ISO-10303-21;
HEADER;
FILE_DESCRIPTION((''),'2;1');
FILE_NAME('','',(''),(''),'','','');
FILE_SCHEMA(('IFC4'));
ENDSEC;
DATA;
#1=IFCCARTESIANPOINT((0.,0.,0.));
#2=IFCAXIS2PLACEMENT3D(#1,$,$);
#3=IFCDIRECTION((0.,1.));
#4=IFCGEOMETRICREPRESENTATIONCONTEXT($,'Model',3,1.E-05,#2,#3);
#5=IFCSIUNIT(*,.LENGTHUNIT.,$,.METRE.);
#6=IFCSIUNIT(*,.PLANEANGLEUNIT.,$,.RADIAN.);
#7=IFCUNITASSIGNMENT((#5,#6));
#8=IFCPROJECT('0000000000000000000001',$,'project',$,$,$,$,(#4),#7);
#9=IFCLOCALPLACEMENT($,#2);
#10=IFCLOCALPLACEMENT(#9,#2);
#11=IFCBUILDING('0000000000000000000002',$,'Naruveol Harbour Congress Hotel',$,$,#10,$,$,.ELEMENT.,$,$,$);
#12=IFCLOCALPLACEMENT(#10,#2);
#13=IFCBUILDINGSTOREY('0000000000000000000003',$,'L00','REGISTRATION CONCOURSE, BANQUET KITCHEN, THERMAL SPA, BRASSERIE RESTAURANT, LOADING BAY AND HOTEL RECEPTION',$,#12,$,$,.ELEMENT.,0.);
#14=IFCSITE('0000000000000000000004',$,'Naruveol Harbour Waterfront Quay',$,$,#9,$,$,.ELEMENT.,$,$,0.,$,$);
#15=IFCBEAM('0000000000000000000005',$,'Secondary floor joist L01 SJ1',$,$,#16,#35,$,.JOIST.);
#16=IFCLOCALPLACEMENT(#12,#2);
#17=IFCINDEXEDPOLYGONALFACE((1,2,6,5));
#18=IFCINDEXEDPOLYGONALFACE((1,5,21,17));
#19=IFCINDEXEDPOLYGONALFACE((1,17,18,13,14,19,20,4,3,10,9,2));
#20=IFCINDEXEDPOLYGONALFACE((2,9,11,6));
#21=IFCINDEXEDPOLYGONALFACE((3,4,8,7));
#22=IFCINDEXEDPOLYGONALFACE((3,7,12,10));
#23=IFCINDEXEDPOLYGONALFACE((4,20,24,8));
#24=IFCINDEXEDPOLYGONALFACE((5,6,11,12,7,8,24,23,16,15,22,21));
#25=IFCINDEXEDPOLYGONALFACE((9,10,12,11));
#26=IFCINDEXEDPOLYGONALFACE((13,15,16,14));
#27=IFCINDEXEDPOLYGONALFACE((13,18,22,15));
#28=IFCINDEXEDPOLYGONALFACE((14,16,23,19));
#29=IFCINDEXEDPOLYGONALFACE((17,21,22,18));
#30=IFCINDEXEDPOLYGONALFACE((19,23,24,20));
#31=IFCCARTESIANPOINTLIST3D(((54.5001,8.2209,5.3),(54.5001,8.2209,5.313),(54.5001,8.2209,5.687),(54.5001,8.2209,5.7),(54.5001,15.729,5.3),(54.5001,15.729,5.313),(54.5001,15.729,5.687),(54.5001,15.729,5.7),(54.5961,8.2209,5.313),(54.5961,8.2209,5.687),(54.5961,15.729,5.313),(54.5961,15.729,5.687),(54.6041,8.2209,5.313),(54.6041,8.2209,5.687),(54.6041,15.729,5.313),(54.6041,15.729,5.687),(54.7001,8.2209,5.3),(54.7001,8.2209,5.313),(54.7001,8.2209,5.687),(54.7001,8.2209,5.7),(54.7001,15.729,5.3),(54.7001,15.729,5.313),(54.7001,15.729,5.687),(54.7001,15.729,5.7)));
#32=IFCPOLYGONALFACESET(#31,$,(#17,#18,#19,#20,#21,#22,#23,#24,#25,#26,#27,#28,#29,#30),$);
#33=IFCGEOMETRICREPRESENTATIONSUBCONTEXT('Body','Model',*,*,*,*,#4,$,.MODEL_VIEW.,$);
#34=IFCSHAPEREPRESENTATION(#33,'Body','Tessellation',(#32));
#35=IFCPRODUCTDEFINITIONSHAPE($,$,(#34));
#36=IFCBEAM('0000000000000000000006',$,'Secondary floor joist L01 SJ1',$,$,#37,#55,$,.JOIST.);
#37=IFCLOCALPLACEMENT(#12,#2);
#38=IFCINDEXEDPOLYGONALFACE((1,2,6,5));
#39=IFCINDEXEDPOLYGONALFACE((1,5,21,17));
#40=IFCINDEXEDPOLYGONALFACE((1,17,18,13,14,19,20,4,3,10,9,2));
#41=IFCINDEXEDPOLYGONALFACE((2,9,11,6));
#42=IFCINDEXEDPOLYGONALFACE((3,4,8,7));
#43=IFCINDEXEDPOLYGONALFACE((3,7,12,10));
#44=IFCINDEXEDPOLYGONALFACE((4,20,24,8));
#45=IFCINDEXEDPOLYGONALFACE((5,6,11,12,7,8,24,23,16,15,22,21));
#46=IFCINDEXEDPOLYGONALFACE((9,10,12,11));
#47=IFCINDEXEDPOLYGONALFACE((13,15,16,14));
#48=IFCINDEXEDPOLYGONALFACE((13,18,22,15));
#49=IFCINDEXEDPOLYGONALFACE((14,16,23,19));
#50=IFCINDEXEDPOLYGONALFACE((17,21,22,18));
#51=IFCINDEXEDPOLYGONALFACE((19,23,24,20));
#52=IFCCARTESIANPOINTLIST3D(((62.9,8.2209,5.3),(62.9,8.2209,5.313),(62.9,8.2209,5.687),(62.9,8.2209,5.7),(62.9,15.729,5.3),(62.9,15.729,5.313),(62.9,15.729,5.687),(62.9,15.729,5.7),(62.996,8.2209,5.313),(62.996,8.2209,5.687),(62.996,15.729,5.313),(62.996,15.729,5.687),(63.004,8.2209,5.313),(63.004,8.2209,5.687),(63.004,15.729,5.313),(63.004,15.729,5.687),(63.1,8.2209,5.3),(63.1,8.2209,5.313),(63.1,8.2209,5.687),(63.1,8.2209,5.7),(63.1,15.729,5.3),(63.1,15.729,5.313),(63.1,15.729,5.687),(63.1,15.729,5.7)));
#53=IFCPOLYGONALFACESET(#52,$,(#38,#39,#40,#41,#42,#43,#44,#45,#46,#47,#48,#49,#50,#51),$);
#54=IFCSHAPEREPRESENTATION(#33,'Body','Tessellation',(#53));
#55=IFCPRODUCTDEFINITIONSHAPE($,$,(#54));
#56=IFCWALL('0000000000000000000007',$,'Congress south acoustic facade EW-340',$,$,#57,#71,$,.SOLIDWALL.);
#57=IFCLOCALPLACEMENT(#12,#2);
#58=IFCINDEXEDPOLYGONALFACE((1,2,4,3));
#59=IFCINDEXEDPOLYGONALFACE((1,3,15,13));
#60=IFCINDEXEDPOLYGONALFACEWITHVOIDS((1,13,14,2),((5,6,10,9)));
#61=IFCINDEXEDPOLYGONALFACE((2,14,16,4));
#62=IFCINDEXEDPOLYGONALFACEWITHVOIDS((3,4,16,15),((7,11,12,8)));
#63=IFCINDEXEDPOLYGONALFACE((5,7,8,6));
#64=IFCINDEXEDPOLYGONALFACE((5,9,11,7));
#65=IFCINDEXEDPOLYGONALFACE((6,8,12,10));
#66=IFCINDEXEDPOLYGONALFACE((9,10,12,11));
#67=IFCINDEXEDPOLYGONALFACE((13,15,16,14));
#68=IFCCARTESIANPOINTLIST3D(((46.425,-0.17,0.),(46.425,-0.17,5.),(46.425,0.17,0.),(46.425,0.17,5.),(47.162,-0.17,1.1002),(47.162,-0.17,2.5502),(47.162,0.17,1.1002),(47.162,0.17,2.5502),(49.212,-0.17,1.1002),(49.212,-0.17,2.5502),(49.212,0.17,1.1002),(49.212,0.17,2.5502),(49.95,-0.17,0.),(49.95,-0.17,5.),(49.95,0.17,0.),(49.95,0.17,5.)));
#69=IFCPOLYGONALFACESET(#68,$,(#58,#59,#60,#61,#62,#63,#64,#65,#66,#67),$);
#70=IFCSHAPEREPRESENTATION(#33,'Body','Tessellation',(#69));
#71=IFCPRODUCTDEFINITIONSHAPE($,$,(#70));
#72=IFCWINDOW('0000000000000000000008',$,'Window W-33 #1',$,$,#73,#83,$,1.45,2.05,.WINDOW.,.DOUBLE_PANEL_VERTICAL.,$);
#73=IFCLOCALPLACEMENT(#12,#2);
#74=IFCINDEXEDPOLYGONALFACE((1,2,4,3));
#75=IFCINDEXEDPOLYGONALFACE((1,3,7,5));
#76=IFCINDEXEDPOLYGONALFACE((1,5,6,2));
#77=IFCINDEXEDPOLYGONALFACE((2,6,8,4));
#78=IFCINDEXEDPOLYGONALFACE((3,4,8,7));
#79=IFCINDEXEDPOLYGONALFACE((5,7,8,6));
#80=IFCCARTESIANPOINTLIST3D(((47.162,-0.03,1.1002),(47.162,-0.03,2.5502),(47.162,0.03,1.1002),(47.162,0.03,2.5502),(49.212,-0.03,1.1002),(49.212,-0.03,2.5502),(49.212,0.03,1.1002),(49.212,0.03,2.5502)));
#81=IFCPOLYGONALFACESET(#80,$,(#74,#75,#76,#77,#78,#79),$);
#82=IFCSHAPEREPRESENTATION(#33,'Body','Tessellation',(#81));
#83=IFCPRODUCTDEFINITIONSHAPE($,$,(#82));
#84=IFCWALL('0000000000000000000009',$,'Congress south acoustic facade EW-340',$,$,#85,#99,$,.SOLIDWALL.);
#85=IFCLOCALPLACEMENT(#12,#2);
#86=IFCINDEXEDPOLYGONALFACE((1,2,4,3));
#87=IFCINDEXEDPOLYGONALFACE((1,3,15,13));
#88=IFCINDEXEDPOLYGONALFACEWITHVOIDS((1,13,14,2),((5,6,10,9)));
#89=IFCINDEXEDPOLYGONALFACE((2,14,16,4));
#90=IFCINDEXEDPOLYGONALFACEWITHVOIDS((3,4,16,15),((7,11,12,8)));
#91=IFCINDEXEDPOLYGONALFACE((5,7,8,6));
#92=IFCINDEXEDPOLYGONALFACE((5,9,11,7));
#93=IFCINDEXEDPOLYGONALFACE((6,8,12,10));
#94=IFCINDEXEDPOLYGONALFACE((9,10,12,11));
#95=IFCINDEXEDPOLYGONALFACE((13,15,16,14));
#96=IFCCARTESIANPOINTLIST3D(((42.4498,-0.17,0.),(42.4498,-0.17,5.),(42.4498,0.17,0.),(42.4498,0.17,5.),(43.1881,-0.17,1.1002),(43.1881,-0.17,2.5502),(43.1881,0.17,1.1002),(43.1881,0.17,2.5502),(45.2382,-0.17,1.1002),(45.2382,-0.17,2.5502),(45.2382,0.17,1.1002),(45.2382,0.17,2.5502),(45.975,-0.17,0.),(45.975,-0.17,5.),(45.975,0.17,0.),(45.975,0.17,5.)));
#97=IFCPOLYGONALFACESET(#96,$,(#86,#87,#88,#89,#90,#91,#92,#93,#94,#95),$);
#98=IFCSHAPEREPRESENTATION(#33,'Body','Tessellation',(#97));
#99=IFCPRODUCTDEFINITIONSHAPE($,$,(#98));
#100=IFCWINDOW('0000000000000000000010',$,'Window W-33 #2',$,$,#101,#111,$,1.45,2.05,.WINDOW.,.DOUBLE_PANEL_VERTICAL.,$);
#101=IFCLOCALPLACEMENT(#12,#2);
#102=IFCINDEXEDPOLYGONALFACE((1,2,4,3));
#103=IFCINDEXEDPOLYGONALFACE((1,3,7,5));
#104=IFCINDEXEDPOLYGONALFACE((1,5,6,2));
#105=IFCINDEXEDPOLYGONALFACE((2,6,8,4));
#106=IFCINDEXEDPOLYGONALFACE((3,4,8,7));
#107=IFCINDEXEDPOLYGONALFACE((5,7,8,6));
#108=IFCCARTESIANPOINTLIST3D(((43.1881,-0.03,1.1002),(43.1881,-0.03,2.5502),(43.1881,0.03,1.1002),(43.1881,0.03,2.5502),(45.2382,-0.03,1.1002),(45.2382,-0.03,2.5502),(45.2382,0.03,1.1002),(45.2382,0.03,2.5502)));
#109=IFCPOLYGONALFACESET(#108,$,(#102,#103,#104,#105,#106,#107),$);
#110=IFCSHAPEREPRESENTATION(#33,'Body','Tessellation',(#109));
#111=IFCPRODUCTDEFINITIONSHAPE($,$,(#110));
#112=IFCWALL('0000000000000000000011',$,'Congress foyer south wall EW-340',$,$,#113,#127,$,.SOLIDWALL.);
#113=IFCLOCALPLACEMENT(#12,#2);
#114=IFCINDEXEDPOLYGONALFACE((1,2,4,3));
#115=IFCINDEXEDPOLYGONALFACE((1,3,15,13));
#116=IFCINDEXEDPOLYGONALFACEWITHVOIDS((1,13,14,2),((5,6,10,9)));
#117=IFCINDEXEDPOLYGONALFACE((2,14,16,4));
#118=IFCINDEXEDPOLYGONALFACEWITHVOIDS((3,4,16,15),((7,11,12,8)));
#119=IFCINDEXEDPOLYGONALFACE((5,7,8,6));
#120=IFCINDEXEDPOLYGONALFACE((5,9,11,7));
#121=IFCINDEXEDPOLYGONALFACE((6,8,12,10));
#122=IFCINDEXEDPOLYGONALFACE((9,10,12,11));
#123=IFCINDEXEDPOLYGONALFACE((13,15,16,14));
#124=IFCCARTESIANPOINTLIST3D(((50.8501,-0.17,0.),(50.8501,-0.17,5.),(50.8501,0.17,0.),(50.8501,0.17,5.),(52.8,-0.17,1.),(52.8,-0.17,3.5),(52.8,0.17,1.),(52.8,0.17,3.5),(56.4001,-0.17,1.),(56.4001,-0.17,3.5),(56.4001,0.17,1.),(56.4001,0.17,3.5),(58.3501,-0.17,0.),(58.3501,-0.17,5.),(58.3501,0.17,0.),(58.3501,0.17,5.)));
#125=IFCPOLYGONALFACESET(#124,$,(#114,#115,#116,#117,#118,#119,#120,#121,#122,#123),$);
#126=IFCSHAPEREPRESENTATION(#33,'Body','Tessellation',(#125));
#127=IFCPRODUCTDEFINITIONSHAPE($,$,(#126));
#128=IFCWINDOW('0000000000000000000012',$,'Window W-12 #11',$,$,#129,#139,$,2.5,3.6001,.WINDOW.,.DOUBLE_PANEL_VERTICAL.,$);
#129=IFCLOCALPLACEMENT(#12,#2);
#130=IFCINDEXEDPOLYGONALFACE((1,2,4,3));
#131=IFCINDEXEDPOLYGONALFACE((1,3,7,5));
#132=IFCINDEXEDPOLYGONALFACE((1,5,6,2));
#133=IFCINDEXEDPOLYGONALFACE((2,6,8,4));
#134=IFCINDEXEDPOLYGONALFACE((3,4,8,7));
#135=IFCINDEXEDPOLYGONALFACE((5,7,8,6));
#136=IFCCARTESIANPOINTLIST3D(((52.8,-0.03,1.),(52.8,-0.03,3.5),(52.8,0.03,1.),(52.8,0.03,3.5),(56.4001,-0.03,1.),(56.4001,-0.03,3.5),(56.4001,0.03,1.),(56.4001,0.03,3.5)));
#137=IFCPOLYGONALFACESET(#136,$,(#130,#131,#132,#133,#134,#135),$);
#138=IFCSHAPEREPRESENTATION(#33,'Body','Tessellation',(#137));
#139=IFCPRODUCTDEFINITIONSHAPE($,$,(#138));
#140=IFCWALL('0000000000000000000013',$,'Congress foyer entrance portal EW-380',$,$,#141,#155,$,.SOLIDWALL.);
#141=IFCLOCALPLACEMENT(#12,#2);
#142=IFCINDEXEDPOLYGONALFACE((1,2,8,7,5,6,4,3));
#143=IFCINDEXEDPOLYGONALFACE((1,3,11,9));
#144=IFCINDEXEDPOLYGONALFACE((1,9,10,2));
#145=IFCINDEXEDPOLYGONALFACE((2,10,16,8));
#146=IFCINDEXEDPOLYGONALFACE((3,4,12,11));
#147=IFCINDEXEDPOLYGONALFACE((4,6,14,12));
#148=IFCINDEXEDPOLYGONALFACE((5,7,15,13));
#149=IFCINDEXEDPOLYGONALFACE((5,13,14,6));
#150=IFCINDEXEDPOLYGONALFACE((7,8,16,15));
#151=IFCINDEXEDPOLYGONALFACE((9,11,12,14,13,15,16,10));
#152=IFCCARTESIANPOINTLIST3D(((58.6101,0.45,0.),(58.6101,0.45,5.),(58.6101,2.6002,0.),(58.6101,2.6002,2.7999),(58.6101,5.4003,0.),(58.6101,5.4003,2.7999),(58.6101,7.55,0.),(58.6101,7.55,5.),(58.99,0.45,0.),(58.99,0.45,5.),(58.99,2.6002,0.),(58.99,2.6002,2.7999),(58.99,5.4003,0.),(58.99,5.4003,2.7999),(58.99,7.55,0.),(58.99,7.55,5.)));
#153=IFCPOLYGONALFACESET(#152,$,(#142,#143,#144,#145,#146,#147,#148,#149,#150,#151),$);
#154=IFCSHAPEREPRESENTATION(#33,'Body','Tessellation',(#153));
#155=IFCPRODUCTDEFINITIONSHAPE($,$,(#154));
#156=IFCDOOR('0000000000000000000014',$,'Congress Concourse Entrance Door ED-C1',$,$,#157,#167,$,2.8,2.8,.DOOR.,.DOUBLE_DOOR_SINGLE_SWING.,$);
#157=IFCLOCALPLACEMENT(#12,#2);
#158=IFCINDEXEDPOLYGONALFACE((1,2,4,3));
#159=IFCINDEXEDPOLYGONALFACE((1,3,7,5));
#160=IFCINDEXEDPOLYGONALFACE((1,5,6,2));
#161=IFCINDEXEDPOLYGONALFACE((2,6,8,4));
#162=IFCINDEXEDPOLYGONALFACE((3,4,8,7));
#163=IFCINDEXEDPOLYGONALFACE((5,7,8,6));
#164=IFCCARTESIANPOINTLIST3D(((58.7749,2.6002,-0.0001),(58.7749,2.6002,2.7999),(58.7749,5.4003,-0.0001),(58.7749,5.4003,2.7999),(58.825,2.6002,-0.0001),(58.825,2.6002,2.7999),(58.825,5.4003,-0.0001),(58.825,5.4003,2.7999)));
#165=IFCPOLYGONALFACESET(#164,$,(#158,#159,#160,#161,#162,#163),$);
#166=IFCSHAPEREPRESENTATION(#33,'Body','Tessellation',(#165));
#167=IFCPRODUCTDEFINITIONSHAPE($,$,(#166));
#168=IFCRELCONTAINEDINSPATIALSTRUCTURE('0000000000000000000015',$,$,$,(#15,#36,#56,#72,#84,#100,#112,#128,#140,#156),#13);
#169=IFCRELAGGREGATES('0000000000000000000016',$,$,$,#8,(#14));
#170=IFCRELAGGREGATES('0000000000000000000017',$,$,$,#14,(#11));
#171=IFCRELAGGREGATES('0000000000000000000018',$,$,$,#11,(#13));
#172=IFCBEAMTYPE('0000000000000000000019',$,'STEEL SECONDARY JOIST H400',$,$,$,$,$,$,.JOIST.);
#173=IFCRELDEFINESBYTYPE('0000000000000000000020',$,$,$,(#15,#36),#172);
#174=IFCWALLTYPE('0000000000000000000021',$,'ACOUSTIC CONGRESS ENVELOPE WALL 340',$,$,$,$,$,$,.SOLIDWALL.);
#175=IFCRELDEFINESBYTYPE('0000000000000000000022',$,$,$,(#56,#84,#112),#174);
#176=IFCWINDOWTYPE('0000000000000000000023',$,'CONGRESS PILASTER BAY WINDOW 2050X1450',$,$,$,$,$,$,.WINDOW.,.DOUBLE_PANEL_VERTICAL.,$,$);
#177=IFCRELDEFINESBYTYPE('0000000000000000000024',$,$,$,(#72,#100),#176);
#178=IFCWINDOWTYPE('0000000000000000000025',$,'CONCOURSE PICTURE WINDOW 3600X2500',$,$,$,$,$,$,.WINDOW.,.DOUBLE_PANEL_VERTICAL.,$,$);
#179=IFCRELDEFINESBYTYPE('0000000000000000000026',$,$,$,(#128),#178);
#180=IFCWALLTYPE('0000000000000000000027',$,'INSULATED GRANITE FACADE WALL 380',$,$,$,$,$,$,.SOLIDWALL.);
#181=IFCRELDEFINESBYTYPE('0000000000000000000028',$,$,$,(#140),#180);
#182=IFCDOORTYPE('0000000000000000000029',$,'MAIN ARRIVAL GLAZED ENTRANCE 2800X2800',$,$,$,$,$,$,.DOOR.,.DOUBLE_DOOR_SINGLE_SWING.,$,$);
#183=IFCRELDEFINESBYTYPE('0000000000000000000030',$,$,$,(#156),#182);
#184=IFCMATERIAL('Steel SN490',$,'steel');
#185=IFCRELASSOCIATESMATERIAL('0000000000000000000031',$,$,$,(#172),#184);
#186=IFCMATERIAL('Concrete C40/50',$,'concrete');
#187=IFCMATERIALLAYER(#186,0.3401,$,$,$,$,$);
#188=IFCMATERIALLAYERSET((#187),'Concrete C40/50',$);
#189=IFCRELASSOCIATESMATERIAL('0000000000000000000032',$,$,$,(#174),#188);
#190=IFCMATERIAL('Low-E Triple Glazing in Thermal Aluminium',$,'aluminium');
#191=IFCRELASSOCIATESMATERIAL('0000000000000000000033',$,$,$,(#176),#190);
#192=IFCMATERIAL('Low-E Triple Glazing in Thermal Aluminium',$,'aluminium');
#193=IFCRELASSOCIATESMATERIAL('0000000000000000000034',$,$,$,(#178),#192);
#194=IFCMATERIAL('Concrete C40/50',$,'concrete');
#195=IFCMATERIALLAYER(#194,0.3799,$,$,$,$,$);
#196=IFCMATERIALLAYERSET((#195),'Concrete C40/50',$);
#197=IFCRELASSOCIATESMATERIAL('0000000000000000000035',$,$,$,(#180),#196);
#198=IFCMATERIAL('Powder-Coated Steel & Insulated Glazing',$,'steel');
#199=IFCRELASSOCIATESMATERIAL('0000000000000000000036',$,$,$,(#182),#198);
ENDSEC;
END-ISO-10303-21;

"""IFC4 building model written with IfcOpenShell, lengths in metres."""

from ifc_helpers import new_model, si_unit, direction, frame, frame_2d, origin, origin_2d, place, context, subcontext, project, spatial, rectangle, i_section, extrude, material, layer, layer_set, material_profile, profile_set, type_object, element, fill, save


model = new_model("IFC4")

# Units and contexts
model_context = context("Model", 3, precision=1e-05, world=origin(), true_north=direction((0.0, 1.0)))
body_context = subcontext(model_context, "Body", "Model", "MODEL_VIEW")
ifc_project = project(units=[si_unit("LENGTHUNIT", "METRE"), si_unit("PLANEANGLEUNIT", "RADIAN")], contexts=[model_context])

# Site, building, storey
site_placement = place(None, origin())
site = spatial("IfcSite", under=ifc_project, at=site_placement, Name="Naruveol Harbour Waterfront Quay", CompositionType="ELEMENT", RefElevation=0.0)
building_placement = place(site_placement, origin())
building = spatial("IfcBuilding", under=site, at=building_placement, Name="Naruveol Harbour Congress Hotel", CompositionType="ELEMENT")
storey_placement = place(building_placement, origin())
storey = spatial("IfcBuildingStorey", under=building, at=storey_placement, Name="L00", Description="REGISTRATION CONCOURSE, BANQUET KITCHEN, THERMAL SPA, BRASSERIE RESTAURANT, LOADING BAY AND HOTEL RECEPTION", CompositionType="ELEMENT", Elevation=0.0)

# Beams
ifc_material_1 = material(Name="Steel SN490", Category="steel")
ifc_material_profile_1 = material_profile(ifc_material_1, i_section(OverallWidth=0.2, OverallDepth=0.3999, WebThickness=0.0081, FlangeThickness=0.0129, at=origin_2d()), Name="H-400x200x8x13")
ifc_profile_set_1 = profile_set([ifc_material_profile_1], Name="Steel SN490")
beam_type_1 = type_object("IfcBeamType", Name="STEEL SECONDARY JOIST H400", PredefinedType="JOIST", material=ifc_profile_set_1)
for number, where, z_axis, x_axis, name in (
    (1, (54.6001, 8.2209, 5.5), (0.0, 1.0, 0.0), (-1.0, 0.0, 0.0), "Secondary floor joist L01 SJ1"),
    (2, (63.0, 8.2209, 5.5), (0.0, 1.0, 0.0), (-1.0, 0.0, 0.0), "Secondary floor joist L01 SJ1"),
):
    element("IfcBeam", number, at=place(storey_placement, frame(where, z_axis=z_axis, x_axis=x_axis)), inside=storey, type_object=beam_type_1, Name=name, PredefinedType="JOIST", context=body_context, shape_type="SweptSolid", body=[
        extrude(i_section(OverallWidth=0.2, OverallDepth=0.3999, WebThickness=0.0081, FlangeThickness=0.0129, at=origin_2d()), origin(), (0.0, 0.0, 1.0), 7.5081),
    ])

# Walls, openings, windows
ifc_material_2 = material(Name="Concrete C40/50", Category="concrete")
ifc_layer_1 = layer(ifc_material_2, 0.3401)
ifc_layer_set_1 = layer_set([ifc_layer_1], Name="Concrete C40/50")
wall_type_1 = type_object("IfcWallType", Name="ACOUSTIC CONGRESS ENVELOPE WALL 340", PredefinedType="SOLIDWALL", material=ifc_layer_set_1)
wall_1_placement = place(storey_placement, frame((49.95, 0.0, 0.0), z_axis=(0.0, 0.0, 1.0), x_axis=(-1.0, 0.0, 0.0)))
wall_1 = element("IfcWall", 3, at=wall_1_placement, inside=storey, type_object=wall_type_1, Name="Congress south acoustic facade EW-340", PredefinedType="SOLIDWALL", context=body_context, shape_type="SweptSolid", body=[
    extrude(rectangle(XDim=3.5249, YDim=0.3401, at=frame_2d((1.7625, 0.0))), origin(), (0.0, 0.0, 1.0), 5.0),
])
opening_1_placement = place(wall_1_placement, frame((0.738, 0.0, 1.1001)))
opening_1 = element("IfcOpeningElement", 4, at=opening_1_placement, cuts=wall_1, PredefinedType="OPENING", context=body_context, shape_type="SweptSolid", body=[
    extrude(rectangle(XDim=2.05, YDim=1.45, at=frame_2d((1.0249, 0.7251))), frame((0.0, 0.1799, 0.0), z_axis=(0.0, -1.0, 0.0), x_axis=(1.0, 0.0, 0.0)), (0.0, 0.0, 1.0), 0.3601),
])
ifc_material_3 = material(Name="Low-E Triple Glazing in Thermal Aluminium", Category="aluminium")
window_type_1 = type_object("IfcWindowType", Name="CONGRESS PILASTER BAY WINDOW 2050X1450", PartitioningType="DOUBLE_PANEL_VERTICAL", PredefinedType="WINDOW", material=ifc_material_3)
window_1_placement = place(opening_1_placement, origin())
window_1 = element("IfcWindow", 5, at=window_1_placement, inside=storey, type_object=window_type_1, Name="Window W-33 #1", OverallHeight=1.45, OverallWidth=2.05, PartitioningType="DOUBLE_PANEL_VERTICAL", PredefinedType="WINDOW", context=body_context, shape_type="SweptSolid", body=[
    extrude(rectangle(XDim=2.05, YDim=1.45, at=frame_2d((1.0249, 0.7251))), frame((0.0, 0.03, 0.0), z_axis=(0.0, -1.0, 0.0), x_axis=(1.0, 0.0, 0.0)), (0.0, 0.0, 1.0), 0.0601),
])
fill(opening_1, window_1)
wall_2_placement = place(storey_placement, frame((45.9751, 0.0, 0.0), z_axis=(0.0, 0.0, 1.0), x_axis=(-1.0, 0.0, 0.0)))
wall_2 = element("IfcWall", 6, at=wall_2_placement, inside=storey, type_object=wall_type_1, Name="Congress south acoustic facade EW-340", PredefinedType="SOLIDWALL", context=body_context, shape_type="SweptSolid", body=[
    extrude(rectangle(XDim=3.5251, YDim=0.3401, at=frame_2d((1.7627, 0.0))), origin(), (0.0, 0.0, 1.0), 5.0),
])
opening_2_placement = place(wall_2_placement, frame((0.7371, 0.0, 1.1001)))
opening_2 = element("IfcOpeningElement", 7, at=opening_2_placement, cuts=wall_2, PredefinedType="OPENING", context=body_context, shape_type="SweptSolid", body=[
    extrude(rectangle(XDim=2.05, YDim=1.45, at=frame_2d((1.0249, 0.7251))), frame((0.0, 0.1799, 0.0), z_axis=(0.0, -1.0, 0.0), x_axis=(1.0, 0.0, 0.0)), (0.0, 0.0, 1.0), 0.3601),
])
window_2_placement = place(opening_2_placement, origin())
window_2 = element("IfcWindow", 8, at=window_2_placement, inside=storey, type_object=window_type_1, Name="Window W-33 #2", OverallHeight=1.45, OverallWidth=2.05, PartitioningType="DOUBLE_PANEL_VERTICAL", PredefinedType="WINDOW", context=body_context, shape_type="SweptSolid", body=[
    extrude(rectangle(XDim=2.05, YDim=1.45, at=frame_2d((1.0249, 0.7251))), frame((0.0, 0.03, 0.0), z_axis=(0.0, -1.0, 0.0), x_axis=(1.0, 0.0, 0.0)), (0.0, 0.0, 1.0), 0.0601),
])
fill(opening_2, window_2)
wall_3_placement = place(storey_placement, frame((58.3501, 0.0, 0.0), z_axis=(0.0, 0.0, 1.0), x_axis=(-1.0, 0.0, 0.0)))
wall_3 = element("IfcWall", 9, at=wall_3_placement, inside=storey, type_object=wall_type_1, Name="Congress foyer south wall EW-340", PredefinedType="SOLIDWALL", context=body_context, shape_type="SweptSolid", body=[
    extrude(rectangle(XDim=7.5, YDim=0.3401, at=frame_2d((3.75, 0.0))), origin(), (0.0, 0.0, 1.0), 5.0),
])
opening_3_placement = place(wall_3_placement, frame((1.95, 0.0, 1.0)))
opening_3 = element("IfcOpeningElement", 10, at=opening_3_placement, cuts=wall_3, PredefinedType="OPENING", context=body_context, shape_type="SweptSolid", body=[
    extrude(rectangle(XDim=3.6001, YDim=2.5, at=frame_2d((1.8, 1.25))), frame((0.0, 0.1799, 0.0), z_axis=(0.0, -1.0, 0.0), x_axis=(1.0, 0.0, 0.0)), (0.0, 0.0, 1.0), 0.3601),
])
ifc_material_4 = material(Name="Low-E Triple Glazing in Thermal Aluminium", Category="aluminium")
window_type_2 = type_object("IfcWindowType", Name="CONCOURSE PICTURE WINDOW 3600X2500", PartitioningType="DOUBLE_PANEL_VERTICAL", PredefinedType="WINDOW", material=ifc_material_4)
window_3_placement = place(opening_3_placement, origin())
window_3 = element("IfcWindow", 11, at=window_3_placement, inside=storey, type_object=window_type_2, Name="Window W-12 #11", OverallHeight=2.5, OverallWidth=3.6001, PartitioningType="DOUBLE_PANEL_VERTICAL", PredefinedType="WINDOW", context=body_context, shape_type="SweptSolid", body=[
    extrude(rectangle(XDim=3.6001, YDim=2.5, at=frame_2d((1.8, 1.25))), frame((0.0, 0.03, 0.0), z_axis=(0.0, -1.0, 0.0), x_axis=(1.0, 0.0, 0.0)), (0.0, 0.0, 1.0), 0.0601),
])
fill(opening_3, window_3)

# Wall, opening, door
ifc_material_5 = material(Name="Concrete C40/50", Category="concrete")
ifc_layer_2 = layer(ifc_material_5, 0.3799)
ifc_layer_set_2 = layer_set([ifc_layer_2], Name="Concrete C40/50")
wall_type_2 = type_object("IfcWallType", Name="INSULATED GRANITE FACADE WALL 380", PredefinedType="SOLIDWALL", material=ifc_layer_set_2)
wall_4_placement = place(storey_placement, frame((58.8, 7.55, 0.0), z_axis=(0.0, 0.0, 1.0), x_axis=(0.0, -1.0, 0.0)))
wall_4 = element("IfcWall", 12, at=wall_4_placement, inside=storey, type_object=wall_type_2, Name="Congress foyer entrance portal EW-380", PredefinedType="SOLIDWALL", context=body_context, shape_type="SweptSolid", body=[
    extrude(rectangle(XDim=7.1001, YDim=0.3799, at=frame_2d((3.55, 0.0))), origin(), (0.0, 0.0, 1.0), 5.0),
])
opening_4_placement = place(wall_4_placement, frame((2.1499, 0.0, 0.0)))
opening_4 = element("IfcOpeningElement", 13, at=opening_4_placement, cuts=wall_4, PredefinedType="OPENING", context=body_context, shape_type="SweptSolid", body=[
    extrude(rectangle(XDim=2.8, YDim=2.8, at=frame_2d((1.3999, 1.3999))), frame((0.0, 0.2, 0.0), z_axis=(0.0, -1.0, 0.0), x_axis=(1.0, 0.0, 0.0)), (0.0, 0.0, 1.0), 0.3999),
])
ifc_material_6 = material(Name="Powder-Coated Steel & Insulated Glazing", Category="steel")
door_type = type_object("IfcDoorType", Name="MAIN ARRIVAL GLAZED ENTRANCE 2800X2800", OperationType="DOUBLE_DOOR_SINGLE_SWING", PredefinedType="DOOR", material=ifc_material_6)
door_placement = place(opening_4_placement, origin())
door = element("IfcDoor", 14, at=door_placement, inside=storey, type_object=door_type, Name="Congress Concourse Entrance Door ED-C1", OperationType="DOUBLE_DOOR_SINGLE_SWING", OverallHeight=2.8, OverallWidth=2.8, PredefinedType="DOOR", context=body_context, shape_type="SweptSolid", body=[
    extrude(rectangle(XDim=2.8, YDim=2.8, at=frame_2d((1.3999, 1.3999))), frame((0.0, 0.0249, 0.0), z_axis=(0.0, -1.0, 0.0), x_axis=(1.0, 0.0, 0.0)), (0.0, 0.0, 1.0), 0.05),
])
fill(opening_4, door)

save(model, "model.ifc")
